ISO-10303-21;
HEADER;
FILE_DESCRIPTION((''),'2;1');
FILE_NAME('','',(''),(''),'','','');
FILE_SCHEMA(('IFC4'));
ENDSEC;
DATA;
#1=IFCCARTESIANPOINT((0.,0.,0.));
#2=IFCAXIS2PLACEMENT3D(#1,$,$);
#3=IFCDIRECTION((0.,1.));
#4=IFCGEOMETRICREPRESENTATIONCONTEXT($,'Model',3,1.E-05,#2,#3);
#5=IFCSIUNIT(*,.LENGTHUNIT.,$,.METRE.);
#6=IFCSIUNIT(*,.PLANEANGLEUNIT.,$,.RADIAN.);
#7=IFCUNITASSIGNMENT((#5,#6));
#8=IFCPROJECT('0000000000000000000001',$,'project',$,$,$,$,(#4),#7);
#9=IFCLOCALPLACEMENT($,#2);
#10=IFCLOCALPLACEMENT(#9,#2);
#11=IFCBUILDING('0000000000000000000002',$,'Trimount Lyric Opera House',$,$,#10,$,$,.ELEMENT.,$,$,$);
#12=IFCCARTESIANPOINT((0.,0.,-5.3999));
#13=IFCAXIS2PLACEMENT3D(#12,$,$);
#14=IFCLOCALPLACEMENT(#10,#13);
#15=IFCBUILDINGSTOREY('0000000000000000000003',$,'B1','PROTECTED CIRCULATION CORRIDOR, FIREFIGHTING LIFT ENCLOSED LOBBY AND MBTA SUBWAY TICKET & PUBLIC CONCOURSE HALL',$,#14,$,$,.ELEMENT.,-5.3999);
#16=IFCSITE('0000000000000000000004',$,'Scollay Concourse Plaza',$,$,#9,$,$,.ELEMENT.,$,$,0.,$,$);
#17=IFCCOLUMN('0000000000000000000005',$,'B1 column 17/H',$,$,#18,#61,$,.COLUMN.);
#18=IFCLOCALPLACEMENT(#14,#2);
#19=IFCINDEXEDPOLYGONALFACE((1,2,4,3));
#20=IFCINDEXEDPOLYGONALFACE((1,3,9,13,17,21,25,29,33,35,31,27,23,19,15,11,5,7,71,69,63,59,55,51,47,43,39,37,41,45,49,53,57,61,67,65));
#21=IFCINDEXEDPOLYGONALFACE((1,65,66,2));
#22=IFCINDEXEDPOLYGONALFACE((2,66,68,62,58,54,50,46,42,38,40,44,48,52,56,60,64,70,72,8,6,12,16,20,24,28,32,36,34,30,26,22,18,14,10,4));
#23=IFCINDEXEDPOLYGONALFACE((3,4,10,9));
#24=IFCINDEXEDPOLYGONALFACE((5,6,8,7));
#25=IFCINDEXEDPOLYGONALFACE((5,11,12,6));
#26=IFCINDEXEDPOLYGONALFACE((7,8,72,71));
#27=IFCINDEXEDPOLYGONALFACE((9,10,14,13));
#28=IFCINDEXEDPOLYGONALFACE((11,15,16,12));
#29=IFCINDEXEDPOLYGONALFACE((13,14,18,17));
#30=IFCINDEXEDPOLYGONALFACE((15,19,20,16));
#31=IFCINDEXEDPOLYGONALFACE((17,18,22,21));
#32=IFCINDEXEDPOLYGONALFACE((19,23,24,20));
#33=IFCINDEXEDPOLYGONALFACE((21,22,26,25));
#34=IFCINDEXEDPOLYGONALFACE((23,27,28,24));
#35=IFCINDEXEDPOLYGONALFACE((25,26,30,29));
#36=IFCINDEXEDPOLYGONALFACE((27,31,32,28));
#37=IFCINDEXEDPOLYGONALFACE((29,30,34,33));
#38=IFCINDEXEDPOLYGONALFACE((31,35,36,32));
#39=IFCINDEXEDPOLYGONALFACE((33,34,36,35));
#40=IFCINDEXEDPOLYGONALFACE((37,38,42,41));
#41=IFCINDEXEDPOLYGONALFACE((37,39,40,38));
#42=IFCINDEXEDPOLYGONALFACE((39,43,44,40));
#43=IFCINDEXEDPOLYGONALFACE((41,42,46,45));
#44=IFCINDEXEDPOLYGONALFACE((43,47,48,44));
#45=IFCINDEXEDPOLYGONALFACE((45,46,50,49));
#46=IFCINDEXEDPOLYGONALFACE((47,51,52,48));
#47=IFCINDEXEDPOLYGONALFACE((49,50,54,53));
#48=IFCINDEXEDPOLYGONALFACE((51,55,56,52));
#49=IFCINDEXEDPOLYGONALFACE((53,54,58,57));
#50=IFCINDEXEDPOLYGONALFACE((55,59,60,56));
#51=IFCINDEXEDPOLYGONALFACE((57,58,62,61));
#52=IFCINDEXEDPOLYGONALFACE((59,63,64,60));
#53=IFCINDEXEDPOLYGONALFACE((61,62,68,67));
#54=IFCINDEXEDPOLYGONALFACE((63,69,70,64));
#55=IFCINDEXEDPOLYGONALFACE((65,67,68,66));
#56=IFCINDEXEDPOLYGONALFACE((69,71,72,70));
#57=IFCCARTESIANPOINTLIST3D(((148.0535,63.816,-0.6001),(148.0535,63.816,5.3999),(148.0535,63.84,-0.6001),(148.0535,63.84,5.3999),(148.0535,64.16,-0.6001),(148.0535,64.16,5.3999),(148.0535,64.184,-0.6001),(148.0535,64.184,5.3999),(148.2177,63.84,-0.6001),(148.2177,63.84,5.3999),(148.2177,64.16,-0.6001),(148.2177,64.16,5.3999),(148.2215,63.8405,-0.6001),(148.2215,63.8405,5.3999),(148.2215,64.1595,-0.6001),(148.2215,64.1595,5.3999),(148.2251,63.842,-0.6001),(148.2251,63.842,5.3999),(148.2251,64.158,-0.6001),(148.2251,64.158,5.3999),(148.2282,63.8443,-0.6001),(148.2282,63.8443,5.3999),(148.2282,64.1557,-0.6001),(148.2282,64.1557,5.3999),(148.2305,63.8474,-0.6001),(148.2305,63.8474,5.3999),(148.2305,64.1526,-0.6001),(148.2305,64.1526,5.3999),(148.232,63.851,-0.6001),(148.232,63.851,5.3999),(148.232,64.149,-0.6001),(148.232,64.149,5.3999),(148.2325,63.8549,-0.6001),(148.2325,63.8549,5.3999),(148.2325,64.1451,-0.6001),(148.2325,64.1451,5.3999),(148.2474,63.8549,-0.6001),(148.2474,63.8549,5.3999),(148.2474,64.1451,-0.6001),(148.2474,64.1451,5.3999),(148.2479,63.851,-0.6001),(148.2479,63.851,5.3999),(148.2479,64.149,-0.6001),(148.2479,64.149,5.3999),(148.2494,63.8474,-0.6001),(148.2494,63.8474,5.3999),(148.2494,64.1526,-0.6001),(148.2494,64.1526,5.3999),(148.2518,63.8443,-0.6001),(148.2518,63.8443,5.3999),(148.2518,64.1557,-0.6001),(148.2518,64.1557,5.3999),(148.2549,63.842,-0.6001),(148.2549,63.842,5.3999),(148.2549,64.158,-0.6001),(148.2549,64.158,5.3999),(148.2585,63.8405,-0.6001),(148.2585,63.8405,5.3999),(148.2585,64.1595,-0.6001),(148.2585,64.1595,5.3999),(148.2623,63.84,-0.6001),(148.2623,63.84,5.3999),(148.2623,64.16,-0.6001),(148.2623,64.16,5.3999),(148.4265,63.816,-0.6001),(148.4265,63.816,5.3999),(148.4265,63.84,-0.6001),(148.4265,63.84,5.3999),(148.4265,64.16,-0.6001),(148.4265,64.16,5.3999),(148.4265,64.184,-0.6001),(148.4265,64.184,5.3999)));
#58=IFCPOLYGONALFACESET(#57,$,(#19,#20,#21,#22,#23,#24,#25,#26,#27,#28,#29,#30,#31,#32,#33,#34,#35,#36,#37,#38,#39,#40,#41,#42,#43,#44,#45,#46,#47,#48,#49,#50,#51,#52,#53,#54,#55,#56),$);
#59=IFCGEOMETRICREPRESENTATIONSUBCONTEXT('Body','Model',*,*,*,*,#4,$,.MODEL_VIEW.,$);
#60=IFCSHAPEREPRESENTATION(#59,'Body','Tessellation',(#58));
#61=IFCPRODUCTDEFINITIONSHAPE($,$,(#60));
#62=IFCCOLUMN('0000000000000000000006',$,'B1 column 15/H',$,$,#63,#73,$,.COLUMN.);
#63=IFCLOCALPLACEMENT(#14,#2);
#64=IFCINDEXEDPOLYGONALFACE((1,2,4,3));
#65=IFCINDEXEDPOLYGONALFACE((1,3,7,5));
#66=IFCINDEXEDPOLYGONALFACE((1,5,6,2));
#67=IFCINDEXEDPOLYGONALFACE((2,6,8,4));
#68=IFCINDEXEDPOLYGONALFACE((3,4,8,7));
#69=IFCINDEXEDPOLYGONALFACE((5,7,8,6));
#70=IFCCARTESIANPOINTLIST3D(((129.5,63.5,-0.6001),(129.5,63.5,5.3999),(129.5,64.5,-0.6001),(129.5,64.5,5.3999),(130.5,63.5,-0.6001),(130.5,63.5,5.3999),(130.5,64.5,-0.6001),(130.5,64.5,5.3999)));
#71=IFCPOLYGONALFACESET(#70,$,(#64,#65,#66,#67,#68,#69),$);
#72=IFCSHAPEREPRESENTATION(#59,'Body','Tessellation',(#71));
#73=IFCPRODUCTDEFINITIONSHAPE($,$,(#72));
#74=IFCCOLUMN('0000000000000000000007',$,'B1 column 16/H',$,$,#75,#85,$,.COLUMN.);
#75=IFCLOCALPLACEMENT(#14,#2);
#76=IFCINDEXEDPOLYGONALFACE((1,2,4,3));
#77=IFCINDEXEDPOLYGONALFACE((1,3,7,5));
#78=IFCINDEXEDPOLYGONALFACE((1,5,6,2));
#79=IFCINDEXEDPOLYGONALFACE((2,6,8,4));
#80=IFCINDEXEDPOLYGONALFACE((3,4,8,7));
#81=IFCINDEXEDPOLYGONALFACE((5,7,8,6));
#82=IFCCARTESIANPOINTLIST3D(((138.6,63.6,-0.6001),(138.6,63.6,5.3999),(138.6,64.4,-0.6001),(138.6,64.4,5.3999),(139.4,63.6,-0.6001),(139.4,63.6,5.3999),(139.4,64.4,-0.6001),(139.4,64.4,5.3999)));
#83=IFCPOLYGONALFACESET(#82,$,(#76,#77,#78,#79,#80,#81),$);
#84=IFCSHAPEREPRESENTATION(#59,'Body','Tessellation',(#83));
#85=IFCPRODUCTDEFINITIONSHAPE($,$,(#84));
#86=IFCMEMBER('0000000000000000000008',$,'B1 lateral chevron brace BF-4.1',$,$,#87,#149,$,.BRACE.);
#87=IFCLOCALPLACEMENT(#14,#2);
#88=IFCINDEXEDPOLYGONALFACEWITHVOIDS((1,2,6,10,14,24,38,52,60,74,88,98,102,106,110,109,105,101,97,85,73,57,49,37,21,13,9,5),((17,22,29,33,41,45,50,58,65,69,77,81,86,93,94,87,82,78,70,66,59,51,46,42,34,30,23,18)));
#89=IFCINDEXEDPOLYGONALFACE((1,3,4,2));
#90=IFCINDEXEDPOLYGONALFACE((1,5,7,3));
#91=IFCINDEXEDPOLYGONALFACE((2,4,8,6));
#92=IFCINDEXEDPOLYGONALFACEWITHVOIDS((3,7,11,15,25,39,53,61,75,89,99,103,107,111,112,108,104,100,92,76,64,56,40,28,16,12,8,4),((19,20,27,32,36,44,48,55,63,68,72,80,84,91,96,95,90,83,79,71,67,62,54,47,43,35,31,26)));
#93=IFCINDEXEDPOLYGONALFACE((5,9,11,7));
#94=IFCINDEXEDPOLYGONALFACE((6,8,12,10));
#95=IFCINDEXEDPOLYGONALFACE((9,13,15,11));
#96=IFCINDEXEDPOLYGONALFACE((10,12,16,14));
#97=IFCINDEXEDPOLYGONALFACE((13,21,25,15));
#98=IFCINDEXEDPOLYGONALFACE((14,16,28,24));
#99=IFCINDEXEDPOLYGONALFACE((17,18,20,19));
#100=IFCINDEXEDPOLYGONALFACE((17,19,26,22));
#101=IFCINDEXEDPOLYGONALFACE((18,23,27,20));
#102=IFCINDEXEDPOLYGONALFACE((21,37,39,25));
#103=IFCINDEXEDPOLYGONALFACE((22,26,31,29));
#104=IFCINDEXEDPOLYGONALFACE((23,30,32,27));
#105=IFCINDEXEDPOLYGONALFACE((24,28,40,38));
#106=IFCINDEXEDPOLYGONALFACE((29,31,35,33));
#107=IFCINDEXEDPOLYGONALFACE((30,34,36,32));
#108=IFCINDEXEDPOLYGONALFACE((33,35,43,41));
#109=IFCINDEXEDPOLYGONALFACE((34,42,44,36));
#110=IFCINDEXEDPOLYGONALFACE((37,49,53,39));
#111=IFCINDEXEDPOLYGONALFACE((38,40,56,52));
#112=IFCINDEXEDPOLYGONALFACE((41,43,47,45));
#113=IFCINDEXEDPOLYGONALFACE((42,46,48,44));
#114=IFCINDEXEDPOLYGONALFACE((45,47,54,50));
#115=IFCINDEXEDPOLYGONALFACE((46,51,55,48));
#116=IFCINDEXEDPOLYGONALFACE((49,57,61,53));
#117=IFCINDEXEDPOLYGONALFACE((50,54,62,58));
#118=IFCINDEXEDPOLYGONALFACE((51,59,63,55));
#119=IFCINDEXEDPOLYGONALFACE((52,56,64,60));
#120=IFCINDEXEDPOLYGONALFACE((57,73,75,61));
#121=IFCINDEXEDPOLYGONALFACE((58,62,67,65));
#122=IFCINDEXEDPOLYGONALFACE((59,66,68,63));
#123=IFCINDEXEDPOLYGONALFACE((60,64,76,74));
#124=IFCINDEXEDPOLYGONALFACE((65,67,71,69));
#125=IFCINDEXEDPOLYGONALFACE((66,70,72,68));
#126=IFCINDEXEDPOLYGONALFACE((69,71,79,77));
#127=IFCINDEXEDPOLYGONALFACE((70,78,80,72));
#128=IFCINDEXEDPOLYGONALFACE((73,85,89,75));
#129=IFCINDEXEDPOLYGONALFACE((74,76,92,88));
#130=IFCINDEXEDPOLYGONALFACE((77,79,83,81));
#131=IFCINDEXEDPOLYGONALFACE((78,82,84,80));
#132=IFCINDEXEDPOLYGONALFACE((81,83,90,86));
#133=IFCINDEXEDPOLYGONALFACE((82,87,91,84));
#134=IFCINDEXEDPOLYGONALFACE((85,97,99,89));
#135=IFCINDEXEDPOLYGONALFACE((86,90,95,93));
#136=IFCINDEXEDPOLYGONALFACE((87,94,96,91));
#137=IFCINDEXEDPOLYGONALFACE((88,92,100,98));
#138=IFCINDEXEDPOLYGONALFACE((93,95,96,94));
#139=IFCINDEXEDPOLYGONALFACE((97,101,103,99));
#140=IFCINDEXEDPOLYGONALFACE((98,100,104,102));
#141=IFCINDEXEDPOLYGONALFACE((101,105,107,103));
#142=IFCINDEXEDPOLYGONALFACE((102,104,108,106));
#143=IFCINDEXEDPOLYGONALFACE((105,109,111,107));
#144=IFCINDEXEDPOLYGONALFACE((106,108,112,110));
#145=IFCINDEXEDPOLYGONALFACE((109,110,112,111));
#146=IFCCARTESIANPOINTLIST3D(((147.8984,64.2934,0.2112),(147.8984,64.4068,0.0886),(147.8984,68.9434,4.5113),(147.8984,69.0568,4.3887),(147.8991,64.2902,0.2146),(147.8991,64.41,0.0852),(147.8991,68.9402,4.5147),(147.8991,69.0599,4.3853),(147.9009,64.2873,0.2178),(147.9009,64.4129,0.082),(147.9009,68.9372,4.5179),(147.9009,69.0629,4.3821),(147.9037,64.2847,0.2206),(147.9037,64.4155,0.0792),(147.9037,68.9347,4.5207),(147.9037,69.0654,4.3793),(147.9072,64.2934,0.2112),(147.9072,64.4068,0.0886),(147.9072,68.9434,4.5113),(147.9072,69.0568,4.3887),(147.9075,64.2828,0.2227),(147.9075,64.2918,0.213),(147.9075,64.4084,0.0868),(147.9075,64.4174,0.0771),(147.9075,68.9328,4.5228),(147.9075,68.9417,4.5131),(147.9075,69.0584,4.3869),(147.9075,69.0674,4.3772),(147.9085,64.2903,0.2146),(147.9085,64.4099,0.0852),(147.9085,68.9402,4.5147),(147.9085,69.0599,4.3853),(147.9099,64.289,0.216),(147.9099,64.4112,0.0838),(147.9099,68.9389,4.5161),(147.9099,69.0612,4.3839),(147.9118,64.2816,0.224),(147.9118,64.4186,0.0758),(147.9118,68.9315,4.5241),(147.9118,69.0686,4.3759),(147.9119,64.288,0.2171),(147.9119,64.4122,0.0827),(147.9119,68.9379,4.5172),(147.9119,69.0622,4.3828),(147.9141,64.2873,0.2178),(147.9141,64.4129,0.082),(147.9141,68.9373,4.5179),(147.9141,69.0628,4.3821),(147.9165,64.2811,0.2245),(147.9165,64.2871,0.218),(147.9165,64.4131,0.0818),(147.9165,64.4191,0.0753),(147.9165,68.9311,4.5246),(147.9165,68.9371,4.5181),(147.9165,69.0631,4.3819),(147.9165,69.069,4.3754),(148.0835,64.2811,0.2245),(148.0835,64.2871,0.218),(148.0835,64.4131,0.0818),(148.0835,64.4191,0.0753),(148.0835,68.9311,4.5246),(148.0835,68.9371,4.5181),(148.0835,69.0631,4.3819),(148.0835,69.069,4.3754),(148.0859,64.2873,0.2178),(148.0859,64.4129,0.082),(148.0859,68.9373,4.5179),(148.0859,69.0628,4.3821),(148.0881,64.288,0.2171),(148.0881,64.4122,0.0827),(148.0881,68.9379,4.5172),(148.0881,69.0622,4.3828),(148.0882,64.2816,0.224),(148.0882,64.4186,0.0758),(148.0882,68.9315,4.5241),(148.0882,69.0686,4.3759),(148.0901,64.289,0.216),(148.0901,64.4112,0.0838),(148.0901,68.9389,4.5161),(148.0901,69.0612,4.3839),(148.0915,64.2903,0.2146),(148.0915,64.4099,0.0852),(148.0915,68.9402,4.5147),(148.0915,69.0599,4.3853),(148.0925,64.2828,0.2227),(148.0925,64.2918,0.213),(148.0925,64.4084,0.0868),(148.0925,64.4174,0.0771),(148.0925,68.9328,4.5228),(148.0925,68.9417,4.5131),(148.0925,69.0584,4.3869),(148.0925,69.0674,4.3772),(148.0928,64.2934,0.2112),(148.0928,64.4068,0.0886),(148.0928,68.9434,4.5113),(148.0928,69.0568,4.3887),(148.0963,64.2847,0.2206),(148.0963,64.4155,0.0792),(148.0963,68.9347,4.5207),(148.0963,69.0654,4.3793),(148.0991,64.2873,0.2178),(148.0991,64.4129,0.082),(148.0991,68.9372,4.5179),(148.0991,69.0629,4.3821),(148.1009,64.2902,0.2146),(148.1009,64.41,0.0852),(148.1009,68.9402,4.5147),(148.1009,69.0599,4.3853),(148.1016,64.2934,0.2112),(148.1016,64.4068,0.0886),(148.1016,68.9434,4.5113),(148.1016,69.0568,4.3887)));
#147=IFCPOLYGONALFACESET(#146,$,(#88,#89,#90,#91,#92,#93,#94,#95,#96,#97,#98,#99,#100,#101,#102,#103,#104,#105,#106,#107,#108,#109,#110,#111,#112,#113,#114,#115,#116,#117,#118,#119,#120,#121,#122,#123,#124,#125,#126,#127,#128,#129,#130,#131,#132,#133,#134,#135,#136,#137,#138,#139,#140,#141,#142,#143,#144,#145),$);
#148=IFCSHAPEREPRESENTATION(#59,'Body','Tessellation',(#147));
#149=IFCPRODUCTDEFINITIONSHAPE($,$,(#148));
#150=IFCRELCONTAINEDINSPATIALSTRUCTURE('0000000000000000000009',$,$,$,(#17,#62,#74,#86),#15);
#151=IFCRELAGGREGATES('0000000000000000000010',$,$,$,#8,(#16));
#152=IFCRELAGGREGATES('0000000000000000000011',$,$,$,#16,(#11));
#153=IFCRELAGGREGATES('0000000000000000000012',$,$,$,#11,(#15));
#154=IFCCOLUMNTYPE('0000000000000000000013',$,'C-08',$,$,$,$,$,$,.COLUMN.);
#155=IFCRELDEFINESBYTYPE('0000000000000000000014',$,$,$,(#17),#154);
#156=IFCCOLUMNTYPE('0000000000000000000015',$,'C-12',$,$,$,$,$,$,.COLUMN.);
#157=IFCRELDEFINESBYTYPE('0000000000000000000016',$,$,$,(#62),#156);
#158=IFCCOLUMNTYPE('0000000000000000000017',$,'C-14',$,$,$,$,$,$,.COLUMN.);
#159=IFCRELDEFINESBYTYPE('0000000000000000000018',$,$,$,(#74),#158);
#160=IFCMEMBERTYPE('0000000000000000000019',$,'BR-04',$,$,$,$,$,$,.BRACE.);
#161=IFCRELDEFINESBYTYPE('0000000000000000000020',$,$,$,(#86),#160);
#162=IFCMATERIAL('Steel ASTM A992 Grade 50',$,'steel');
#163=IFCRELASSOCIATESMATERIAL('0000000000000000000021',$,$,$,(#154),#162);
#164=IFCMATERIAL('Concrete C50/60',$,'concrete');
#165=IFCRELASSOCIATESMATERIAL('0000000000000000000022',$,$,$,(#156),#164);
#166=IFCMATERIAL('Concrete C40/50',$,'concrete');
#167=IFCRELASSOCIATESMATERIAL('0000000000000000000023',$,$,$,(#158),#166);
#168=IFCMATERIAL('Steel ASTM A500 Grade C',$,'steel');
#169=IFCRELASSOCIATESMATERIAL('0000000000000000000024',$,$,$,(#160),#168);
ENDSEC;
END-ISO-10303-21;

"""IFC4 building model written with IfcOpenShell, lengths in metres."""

from ifc_helpers import new_model, si_unit, direction, frame, origin, origin_2d, place, context, subcontext, project, spatial, rectangle, hollow_rectangle, i_section, extrude, material, material_profile, profile_set, type_object, element, save


model = new_model("IFC4")

# Units and contexts
model_context = context("Model", 3, precision=1e-05, world=origin(), true_north=direction((0.0, 1.0)))
body_context = subcontext(model_context, "Body", "Model", "MODEL_VIEW")
ifc_project = project(units=[si_unit("LENGTHUNIT", "METRE"), si_unit("PLANEANGLEUNIT", "RADIAN")], contexts=[model_context])

# Site, building, storey
site_placement = place(None, origin())
site = spatial("IfcSite", under=ifc_project, at=site_placement, Name="Scollay Concourse Plaza", CompositionType="ELEMENT", RefElevation=0.0)
building_placement = place(site_placement, origin())
building = spatial("IfcBuilding", under=site, at=building_placement, Name="Trimount Lyric Opera House", CompositionType="ELEMENT")
storey_placement = place(building_placement, frame((0.0, 0.0, -5.3999)))
storey = spatial("IfcBuildingStorey", under=building, at=storey_placement, Name="B1", Description="PROTECTED CIRCULATION CORRIDOR, FIREFIGHTING LIFT ENCLOSED LOBBY AND MBTA SUBWAY TICKET & PUBLIC CONCOURSE HALL", CompositionType="ELEMENT", Elevation=-5.3999)

# Columns
ifc_material_1 = material(Name="Steel ASTM A992 Grade 50", Category="steel")
ifc_material_profile_1 = material_profile(ifc_material_1, i_section(OverallWidth=0.373, OverallDepth=0.3679, WebThickness=0.0149, FlangeThickness=0.0239, FilletRadius=0.0149, at=origin_2d()), Name="W14X120")
ifc_profile_set_1 = profile_set([ifc_material_profile_1], Name="Steel ASTM A992 Grade 50")
column_type_1 = type_object("IfcColumnType", Name="C-08", PredefinedType="COLUMN", material=ifc_profile_set_1)
column_1_placement = place(storey_placement, frame((148.24, 64.0, -0.6001), z_axis=(0.0, 0.0, 1.0), x_axis=(1.0, 0.0, 0.0)))
element("IfcColumn", 1, at=column_1_placement, inside=storey, type_object=column_type_1, Name="B1 column 17/H", PredefinedType="COLUMN", context=body_context, shape_type="SweptSolid", body=[
    extrude(i_section(OverallWidth=0.373, OverallDepth=0.3679, WebThickness=0.0149, FlangeThickness=0.0239, FilletRadius=0.0149, at=origin_2d()), origin(), (0.0, 0.0, 1.0), 6.0),
])
ifc_material_2 = material(Name="Concrete C50/60", Category="concrete")
ifc_material_profile_2 = material_profile(ifc_material_2, rectangle(XDim=1.0, YDim=1.0, at=origin_2d()), Name="RC1000X1000")
ifc_profile_set_2 = profile_set([ifc_material_profile_2], Name="Concrete C50/60")
column_type_2 = type_object("IfcColumnType", Name="C-12", PredefinedType="COLUMN", material=ifc_profile_set_2)
column_2_placement = place(storey_placement, frame((130.0, 64.0, -0.6001), z_axis=(0.0, 0.0, 1.0), x_axis=(1.0, 0.0, 0.0)))
element("IfcColumn", 2, at=column_2_placement, inside=storey, type_object=column_type_2, Name="B1 column 15/H", PredefinedType="COLUMN", context=body_context, shape_type="SweptSolid", body=[
    extrude(rectangle(XDim=1.0, YDim=1.0, at=origin_2d()), origin(), (0.0, 0.0, 1.0), 6.0),
])
ifc_material_3 = material(Name="Concrete C40/50", Category="concrete")
ifc_material_profile_3 = material_profile(ifc_material_3, rectangle(XDim=0.8, YDim=0.8, at=origin_2d()), Name="RC800X800")
ifc_profile_set_3 = profile_set([ifc_material_profile_3], Name="Concrete C40/50")
column_type_3 = type_object("IfcColumnType", Name="C-14", PredefinedType="COLUMN", material=ifc_profile_set_3)
column_3_placement = place(storey_placement, frame((139.0, 64.0, -0.6001), z_axis=(0.0, 0.0, 1.0), x_axis=(1.0, 0.0, 0.0)))
element("IfcColumn", 3, at=column_3_placement, inside=storey, type_object=column_type_3, Name="B1 column 16/H", PredefinedType="COLUMN", context=body_context, shape_type="SweptSolid", body=[
    extrude(rectangle(XDim=0.8, YDim=0.8, at=origin_2d()), origin(), (0.0, 0.0, 1.0), 6.0),
])

# Member
ifc_material_4 = material(Name="Steel ASTM A500 Grade C", Category="steel")
ifc_material_profile_4 = material_profile(ifc_material_4, hollow_rectangle(XDim=0.2031, YDim=0.2031, WallThickness=0.0088, InnerFilletRadius=0.0093, OuterFilletRadius=0.0181, at=origin_2d()), Name="HSS203.2X203.2X9.5")
ifc_profile_set_4 = profile_set([ifc_material_profile_4], Name="Steel ASTM A500 Grade C")
member_type_1 = type_object("IfcMemberType", Name="BR-04", PredefinedType="BRACE", material=ifc_profile_set_4)
member_1_placement = place(storey_placement, frame((148.0, 64.3501, 0.1499), z_axis=(0.0, 0.734187, 0.678947), x_axis=(-1.0, 0.0, 0.0)))
element("IfcMember", 4, at=member_1_placement, inside=storey, type_object=member_type_1, Name="B1 lateral chevron brace BF-4.1", PredefinedType="BRACE", context=body_context, shape_type="SweptSolid", body=[
    extrude(hollow_rectangle(XDim=0.2031, YDim=0.2031, WallThickness=0.0088, InnerFilletRadius=0.0093, OuterFilletRadius=0.0181, at=origin_2d()), origin(), (0.0, 0.0, 1.0), 6.3335),
])

save(model, "model.ifc")
